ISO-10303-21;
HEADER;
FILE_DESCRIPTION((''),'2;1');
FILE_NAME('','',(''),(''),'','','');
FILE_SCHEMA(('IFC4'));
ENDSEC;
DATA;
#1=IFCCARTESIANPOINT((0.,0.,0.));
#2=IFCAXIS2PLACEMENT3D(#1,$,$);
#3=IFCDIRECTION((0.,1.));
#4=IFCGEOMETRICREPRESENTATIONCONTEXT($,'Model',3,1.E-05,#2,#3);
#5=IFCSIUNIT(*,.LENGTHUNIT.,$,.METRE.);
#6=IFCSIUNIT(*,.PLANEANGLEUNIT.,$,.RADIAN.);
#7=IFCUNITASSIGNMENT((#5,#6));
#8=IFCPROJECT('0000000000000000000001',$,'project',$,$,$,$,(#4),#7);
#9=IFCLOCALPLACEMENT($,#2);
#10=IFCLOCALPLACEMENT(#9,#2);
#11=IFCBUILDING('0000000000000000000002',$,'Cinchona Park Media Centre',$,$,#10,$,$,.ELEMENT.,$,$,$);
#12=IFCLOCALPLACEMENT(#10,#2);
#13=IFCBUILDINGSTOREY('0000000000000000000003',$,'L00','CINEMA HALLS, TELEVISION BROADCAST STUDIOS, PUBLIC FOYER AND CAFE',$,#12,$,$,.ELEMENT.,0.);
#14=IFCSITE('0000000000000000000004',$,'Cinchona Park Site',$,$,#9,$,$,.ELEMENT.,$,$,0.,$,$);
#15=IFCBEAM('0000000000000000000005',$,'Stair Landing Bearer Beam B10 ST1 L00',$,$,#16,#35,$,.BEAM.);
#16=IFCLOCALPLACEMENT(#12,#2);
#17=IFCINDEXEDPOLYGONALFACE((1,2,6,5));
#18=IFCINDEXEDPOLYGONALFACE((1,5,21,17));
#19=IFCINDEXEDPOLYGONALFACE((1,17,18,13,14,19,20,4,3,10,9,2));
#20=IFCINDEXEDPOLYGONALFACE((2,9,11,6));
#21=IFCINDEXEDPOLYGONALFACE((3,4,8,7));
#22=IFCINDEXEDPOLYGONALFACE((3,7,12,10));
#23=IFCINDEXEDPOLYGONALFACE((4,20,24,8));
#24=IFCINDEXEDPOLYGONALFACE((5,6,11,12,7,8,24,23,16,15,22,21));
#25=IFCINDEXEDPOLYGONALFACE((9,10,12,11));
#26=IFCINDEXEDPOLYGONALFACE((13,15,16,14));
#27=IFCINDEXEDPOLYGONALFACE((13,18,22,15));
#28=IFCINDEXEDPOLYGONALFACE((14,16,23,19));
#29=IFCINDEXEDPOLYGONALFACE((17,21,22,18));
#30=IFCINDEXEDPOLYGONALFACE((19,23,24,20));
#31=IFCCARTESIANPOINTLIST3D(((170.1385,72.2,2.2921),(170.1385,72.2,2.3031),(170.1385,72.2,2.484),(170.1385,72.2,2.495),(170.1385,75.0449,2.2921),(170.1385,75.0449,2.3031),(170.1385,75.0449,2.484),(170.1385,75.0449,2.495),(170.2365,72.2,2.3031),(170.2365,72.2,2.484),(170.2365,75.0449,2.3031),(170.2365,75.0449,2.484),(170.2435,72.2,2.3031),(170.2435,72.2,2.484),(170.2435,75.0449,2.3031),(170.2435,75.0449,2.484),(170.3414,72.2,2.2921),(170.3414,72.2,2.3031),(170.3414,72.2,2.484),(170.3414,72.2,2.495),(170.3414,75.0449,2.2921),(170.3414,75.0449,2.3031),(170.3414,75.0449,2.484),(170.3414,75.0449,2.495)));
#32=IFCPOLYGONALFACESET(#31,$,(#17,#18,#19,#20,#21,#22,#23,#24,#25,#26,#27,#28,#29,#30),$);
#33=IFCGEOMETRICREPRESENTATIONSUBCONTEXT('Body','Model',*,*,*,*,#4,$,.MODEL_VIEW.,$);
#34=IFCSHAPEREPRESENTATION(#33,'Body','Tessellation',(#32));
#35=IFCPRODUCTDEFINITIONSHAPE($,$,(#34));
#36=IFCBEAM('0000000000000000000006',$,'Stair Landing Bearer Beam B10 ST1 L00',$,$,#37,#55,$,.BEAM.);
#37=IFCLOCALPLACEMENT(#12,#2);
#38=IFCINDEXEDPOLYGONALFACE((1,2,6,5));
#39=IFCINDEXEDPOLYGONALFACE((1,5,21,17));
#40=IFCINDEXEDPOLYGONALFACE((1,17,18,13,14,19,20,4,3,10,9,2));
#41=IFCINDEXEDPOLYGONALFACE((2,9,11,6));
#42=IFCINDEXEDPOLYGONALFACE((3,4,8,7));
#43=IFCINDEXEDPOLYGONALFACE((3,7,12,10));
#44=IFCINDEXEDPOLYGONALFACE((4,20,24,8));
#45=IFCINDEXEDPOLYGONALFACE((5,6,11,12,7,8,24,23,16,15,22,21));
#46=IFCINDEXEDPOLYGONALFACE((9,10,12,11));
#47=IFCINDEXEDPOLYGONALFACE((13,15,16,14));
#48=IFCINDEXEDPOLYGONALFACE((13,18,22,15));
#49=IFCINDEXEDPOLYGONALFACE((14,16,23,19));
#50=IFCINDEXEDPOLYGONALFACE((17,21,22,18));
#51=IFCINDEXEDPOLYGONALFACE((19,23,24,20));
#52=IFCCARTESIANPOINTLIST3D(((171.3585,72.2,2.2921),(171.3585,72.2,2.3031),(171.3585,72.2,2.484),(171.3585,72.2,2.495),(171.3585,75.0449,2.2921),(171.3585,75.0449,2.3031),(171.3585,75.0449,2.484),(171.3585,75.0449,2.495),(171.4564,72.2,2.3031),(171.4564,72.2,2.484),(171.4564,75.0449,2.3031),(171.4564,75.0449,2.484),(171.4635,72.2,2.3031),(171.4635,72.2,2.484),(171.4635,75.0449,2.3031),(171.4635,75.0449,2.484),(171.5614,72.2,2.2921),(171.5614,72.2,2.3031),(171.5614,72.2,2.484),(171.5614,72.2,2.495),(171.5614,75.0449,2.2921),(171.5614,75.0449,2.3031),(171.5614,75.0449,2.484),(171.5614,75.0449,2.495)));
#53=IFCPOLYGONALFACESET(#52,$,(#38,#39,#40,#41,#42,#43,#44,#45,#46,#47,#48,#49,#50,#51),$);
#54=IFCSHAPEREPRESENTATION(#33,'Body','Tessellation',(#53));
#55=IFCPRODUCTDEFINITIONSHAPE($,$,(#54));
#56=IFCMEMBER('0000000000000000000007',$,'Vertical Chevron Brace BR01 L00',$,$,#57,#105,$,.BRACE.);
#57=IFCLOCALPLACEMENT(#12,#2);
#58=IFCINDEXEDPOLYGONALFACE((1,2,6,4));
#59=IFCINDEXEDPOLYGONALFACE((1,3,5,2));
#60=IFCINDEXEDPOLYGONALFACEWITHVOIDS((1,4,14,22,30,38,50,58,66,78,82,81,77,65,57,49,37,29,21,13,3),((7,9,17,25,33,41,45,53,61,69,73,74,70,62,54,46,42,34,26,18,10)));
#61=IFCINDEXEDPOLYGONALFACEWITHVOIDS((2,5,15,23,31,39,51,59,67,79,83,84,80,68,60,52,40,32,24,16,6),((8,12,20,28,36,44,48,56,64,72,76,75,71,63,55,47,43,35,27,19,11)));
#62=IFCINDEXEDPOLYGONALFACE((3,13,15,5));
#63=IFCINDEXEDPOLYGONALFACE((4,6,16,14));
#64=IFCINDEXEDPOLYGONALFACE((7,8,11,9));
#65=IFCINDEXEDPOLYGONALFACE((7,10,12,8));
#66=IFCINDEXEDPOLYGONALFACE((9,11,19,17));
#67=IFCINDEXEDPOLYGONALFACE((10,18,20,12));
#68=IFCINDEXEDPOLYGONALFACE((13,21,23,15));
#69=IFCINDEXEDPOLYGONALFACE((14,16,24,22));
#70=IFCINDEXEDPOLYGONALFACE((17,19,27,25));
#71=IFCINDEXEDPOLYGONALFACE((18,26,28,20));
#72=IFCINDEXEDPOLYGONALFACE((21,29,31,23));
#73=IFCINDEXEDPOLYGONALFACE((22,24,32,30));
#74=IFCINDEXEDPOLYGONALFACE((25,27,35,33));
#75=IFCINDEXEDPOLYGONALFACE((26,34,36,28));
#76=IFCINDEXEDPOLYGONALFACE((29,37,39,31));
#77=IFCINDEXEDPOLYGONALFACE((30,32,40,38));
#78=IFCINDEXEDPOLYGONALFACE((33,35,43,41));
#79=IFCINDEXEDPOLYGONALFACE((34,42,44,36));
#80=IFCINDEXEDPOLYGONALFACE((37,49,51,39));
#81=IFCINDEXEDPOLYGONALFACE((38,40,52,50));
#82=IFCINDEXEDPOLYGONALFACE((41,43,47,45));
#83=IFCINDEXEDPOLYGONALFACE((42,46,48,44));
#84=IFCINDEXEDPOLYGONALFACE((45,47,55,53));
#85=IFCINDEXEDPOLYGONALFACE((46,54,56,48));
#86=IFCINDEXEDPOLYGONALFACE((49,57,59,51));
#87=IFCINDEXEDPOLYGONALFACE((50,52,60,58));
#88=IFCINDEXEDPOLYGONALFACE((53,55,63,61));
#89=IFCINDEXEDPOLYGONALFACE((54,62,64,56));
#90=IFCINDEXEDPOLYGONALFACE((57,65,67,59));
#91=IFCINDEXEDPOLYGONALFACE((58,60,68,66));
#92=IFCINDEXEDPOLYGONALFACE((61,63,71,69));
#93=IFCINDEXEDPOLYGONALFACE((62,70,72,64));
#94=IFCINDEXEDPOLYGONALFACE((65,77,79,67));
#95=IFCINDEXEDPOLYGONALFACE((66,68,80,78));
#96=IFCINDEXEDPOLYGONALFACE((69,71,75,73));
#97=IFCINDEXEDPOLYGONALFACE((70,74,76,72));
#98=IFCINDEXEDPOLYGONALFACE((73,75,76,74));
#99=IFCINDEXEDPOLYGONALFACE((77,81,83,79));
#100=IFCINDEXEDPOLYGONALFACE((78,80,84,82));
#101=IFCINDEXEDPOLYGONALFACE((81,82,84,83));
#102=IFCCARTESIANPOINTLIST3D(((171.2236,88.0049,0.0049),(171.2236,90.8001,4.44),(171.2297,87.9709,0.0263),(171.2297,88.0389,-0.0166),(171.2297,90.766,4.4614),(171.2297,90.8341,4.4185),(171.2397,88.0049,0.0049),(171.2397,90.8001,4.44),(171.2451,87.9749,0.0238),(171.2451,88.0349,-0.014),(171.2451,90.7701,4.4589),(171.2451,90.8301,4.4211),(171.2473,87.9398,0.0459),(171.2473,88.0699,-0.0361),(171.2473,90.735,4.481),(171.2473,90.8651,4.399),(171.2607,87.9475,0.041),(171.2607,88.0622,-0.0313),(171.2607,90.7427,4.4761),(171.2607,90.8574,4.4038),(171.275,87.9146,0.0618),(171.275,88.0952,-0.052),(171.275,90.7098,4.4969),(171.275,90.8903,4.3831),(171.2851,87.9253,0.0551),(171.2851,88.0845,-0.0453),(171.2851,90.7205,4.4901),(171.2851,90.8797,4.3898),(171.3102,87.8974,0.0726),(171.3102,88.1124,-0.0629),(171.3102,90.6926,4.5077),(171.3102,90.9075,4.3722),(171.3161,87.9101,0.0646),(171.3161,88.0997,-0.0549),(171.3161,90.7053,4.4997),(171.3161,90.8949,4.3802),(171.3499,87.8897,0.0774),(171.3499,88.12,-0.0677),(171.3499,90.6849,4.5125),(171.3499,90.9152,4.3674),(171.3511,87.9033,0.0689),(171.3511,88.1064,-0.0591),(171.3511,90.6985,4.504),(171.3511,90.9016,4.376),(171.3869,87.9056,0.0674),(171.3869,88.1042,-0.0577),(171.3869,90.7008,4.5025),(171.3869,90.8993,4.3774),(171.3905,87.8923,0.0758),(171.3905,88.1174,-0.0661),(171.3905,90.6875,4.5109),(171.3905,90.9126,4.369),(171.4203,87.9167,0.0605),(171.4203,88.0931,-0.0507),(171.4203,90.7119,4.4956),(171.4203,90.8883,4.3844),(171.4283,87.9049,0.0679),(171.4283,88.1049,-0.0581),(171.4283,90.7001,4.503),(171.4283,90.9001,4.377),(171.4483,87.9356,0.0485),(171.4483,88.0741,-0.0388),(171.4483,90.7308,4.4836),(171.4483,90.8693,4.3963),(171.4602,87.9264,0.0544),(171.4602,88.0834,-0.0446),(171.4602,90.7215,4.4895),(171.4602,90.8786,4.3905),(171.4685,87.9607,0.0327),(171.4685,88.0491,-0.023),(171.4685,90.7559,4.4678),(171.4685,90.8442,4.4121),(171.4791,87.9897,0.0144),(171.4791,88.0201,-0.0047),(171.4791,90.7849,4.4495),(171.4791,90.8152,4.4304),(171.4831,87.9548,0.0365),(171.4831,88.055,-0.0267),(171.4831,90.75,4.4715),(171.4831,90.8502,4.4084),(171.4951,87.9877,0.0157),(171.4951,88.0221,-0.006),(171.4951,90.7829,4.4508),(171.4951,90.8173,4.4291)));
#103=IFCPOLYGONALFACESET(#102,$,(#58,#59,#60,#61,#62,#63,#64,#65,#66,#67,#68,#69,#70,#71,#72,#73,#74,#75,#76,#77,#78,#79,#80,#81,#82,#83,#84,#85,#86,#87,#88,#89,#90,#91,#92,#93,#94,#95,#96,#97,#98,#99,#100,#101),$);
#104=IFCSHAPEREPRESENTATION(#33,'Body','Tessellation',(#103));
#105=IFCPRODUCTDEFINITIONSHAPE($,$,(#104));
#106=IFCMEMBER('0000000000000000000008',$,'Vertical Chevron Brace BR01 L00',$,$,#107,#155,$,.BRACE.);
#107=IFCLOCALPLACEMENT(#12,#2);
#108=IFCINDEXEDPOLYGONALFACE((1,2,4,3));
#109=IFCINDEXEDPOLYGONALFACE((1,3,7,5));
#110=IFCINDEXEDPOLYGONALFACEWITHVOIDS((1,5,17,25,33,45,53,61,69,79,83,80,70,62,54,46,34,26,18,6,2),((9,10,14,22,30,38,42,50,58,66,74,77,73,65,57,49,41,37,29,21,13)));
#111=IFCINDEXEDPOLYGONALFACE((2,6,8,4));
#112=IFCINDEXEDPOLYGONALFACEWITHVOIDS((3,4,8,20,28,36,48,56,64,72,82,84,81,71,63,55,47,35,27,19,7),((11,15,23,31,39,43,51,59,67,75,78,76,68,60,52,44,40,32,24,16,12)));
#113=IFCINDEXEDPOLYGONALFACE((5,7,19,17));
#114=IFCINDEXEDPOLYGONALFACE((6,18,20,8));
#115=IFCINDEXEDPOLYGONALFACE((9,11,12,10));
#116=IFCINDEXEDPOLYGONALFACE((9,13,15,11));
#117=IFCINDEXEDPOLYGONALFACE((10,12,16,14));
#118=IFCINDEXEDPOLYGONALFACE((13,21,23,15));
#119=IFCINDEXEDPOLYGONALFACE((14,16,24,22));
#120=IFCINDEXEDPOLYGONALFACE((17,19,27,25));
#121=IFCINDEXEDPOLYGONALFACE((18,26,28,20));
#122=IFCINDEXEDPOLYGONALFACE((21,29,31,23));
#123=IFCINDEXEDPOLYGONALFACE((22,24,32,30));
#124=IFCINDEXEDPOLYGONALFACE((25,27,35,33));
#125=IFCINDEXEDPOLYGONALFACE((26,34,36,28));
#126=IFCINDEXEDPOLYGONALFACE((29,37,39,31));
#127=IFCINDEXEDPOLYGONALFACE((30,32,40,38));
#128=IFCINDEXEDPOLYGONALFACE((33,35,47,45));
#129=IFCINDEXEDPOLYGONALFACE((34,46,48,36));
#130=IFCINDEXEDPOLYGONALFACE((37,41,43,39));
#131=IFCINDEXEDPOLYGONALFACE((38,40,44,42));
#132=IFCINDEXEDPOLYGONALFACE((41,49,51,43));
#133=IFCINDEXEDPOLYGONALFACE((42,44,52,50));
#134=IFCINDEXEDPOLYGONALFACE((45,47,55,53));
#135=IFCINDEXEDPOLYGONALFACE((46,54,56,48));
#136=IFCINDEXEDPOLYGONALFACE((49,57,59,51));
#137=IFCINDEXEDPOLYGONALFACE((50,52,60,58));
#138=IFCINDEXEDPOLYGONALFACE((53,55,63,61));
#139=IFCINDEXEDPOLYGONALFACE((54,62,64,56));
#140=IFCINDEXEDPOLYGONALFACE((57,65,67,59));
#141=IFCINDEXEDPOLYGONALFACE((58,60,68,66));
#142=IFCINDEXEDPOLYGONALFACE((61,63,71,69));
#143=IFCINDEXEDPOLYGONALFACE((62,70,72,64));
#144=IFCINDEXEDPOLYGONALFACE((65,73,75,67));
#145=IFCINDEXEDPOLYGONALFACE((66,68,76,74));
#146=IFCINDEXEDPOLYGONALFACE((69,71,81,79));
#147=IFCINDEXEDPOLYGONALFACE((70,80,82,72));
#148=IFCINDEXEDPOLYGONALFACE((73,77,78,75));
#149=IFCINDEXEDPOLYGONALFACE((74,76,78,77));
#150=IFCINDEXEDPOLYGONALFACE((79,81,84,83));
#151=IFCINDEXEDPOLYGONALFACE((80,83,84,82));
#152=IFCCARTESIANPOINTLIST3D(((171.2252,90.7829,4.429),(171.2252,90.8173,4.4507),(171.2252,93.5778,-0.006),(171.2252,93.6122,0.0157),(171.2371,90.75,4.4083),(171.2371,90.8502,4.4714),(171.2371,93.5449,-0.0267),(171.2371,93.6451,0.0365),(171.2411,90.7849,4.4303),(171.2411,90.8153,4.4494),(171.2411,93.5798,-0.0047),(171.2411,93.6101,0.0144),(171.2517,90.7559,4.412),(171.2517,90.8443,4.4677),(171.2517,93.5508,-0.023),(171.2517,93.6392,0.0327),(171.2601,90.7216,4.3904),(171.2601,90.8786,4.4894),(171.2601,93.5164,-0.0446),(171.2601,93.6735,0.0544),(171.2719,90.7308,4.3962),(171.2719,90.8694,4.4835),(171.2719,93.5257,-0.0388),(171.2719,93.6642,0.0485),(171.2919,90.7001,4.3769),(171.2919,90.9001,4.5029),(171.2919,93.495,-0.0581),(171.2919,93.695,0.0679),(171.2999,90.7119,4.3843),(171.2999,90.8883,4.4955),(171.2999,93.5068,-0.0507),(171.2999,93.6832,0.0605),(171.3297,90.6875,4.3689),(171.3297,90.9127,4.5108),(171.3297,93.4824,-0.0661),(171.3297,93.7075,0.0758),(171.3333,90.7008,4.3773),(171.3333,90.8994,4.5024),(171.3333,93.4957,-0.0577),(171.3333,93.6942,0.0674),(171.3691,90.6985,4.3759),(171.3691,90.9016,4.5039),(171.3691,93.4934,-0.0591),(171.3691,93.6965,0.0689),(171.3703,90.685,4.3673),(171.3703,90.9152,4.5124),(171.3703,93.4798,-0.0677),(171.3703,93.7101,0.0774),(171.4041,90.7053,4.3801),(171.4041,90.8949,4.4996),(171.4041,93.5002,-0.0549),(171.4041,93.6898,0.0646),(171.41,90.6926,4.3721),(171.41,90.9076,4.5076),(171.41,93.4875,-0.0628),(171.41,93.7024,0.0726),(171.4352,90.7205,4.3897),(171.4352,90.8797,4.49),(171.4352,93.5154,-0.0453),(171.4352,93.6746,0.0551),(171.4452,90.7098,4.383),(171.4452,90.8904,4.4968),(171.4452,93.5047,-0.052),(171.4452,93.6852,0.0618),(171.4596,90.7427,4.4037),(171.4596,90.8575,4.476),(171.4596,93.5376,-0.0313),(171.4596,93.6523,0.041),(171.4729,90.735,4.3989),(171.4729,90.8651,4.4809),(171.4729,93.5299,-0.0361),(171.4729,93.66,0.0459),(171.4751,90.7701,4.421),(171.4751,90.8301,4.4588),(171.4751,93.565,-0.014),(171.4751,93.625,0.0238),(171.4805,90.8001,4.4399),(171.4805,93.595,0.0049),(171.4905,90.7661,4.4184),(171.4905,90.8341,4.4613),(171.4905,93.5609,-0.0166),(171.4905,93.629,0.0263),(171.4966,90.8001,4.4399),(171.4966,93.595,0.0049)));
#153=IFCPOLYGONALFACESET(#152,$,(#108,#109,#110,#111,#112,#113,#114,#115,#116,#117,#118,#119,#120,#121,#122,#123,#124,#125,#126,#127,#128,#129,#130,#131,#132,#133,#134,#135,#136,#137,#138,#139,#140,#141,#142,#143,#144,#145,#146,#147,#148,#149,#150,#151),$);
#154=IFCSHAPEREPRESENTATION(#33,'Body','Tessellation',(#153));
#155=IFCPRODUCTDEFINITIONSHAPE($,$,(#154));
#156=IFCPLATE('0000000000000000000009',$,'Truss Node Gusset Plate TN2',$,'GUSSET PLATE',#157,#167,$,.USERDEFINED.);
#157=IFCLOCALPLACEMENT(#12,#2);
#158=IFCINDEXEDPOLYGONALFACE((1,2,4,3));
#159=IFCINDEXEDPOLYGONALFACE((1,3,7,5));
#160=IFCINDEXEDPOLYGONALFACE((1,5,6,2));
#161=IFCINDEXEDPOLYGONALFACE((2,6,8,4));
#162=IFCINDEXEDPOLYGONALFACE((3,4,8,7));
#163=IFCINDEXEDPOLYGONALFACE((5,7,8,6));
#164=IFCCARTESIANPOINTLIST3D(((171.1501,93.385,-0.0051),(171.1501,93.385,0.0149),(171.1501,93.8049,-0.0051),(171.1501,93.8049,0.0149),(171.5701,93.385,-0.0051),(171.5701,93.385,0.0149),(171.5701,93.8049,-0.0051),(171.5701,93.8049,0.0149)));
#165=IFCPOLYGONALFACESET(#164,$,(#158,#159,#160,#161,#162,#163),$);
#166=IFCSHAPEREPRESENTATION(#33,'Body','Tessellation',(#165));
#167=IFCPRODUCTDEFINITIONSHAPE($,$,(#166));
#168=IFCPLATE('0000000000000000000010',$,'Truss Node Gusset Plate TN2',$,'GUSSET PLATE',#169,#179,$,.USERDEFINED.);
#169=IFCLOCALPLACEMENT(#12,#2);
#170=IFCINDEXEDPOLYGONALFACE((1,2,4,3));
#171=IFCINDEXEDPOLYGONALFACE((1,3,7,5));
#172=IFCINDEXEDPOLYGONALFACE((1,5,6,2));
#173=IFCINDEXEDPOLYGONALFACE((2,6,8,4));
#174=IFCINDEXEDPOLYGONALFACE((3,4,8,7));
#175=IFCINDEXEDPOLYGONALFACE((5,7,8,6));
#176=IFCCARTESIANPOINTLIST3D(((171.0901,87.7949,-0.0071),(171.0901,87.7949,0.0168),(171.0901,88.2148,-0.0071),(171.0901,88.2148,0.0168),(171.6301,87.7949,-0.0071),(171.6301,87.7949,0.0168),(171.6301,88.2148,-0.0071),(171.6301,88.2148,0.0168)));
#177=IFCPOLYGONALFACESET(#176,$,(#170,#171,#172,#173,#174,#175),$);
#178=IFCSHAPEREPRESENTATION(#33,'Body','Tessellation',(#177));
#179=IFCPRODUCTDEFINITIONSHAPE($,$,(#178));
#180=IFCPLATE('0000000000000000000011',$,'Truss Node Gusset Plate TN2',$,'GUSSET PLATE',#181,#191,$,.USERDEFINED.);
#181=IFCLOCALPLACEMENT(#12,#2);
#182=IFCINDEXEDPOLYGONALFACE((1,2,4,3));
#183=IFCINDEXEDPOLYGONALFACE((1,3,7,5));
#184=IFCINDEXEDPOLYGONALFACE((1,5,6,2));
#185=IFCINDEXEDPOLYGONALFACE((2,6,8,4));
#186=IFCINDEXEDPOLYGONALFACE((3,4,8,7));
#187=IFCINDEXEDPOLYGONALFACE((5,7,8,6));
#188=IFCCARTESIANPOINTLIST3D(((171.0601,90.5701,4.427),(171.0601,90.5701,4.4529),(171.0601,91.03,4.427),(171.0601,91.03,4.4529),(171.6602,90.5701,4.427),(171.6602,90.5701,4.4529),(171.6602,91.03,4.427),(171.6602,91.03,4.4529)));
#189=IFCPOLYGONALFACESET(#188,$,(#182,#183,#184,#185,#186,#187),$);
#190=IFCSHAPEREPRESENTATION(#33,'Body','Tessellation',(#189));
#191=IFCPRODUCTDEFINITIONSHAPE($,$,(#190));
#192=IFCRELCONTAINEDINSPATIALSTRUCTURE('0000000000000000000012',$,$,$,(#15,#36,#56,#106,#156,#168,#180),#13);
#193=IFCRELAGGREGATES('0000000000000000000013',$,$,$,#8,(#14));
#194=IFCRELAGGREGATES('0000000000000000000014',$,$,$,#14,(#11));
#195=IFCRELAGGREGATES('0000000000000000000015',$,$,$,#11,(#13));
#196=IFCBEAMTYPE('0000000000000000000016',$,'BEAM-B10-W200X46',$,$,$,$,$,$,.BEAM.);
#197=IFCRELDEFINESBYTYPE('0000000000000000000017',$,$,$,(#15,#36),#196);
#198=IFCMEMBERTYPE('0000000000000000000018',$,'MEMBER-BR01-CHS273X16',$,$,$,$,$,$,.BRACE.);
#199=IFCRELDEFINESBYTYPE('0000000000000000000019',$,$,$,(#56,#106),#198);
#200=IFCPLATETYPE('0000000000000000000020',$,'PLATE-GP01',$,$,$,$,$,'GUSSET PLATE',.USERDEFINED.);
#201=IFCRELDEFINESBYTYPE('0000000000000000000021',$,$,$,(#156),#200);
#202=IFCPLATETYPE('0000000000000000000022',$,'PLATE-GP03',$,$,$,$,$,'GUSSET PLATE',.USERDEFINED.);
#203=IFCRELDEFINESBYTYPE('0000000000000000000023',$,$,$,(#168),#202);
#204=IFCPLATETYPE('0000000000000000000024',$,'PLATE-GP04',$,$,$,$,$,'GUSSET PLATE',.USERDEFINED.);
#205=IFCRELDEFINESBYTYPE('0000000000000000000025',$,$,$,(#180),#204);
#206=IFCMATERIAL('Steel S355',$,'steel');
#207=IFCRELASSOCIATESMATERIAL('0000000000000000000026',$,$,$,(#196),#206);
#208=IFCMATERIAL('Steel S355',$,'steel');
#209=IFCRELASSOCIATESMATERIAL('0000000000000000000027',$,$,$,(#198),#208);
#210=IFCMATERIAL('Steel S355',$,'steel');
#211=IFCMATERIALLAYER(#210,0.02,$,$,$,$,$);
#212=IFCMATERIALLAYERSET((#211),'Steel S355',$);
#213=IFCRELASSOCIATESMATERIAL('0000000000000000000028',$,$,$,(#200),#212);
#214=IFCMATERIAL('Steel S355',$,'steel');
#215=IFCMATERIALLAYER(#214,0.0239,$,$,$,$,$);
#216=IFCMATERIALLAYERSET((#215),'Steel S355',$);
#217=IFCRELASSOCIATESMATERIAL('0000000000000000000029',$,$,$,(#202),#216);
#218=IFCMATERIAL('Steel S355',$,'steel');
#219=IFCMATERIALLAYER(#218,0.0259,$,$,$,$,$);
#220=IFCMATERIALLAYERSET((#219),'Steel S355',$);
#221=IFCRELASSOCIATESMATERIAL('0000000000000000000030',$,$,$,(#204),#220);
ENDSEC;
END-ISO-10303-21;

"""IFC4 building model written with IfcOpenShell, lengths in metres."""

from ifc_helpers import new_model, si_unit, direction, frame, origin, origin_2d, place, context, subcontext, project, spatial, rectangle, hollow_circle, i_section, extrude, material, layer, layer_set, material_profile, profile_set, type_object, element, save


model = new_model("IFC4")

# Units and contexts
model_context = context("Model", 3, precision=1e-05, world=origin(), true_north=direction((0.0, 1.0)))
body_context = subcontext(model_context, "Body", "Model", "MODEL_VIEW")
ifc_project = project(units=[si_unit("LENGTHUNIT", "METRE"), si_unit("PLANEANGLEUNIT", "RADIAN")], contexts=[model_context])

# Site, building, storey
site_placement = place(None, origin())
site = spatial("IfcSite", under=ifc_project, at=site_placement, Name="Cinchona Park Site", CompositionType="ELEMENT", RefElevation=0.0)
building_placement = place(site_placement, origin())
building = spatial("IfcBuilding", under=site, at=building_placement, Name="Cinchona Park Media Centre", CompositionType="ELEMENT")
storey_placement = place(building_placement, origin())
storey = spatial("IfcBuildingStorey", under=building, at=storey_placement, Name="L00", Description="CINEMA HALLS, TELEVISION BROADCAST STUDIOS, PUBLIC FOYER AND CAFE", CompositionType="ELEMENT", Elevation=0.0)

# Beams
ifc_material_1 = material(Name="Steel S355", Category="steel")
ifc_material_profile_1 = material_profile(ifc_material_1, i_section(OverallWidth=0.2029, OverallDepth=0.2029, WebThickness=0.0071, FlangeThickness=0.011, at=origin_2d()), Name="W200X46")
ifc_profile_set_1 = profile_set([ifc_material_profile_1], Name="Steel S355")
beam_type_1 = type_object("IfcBeamType", Name="BEAM-B10-W200X46", PredefinedType="BEAM", material=ifc_profile_set_1)
for number, where, z_axis, x_axis, name in (
    (1, (170.24, 75.0449, 2.3936), (0.0, -1.0, 0.0), (1.0, 0.0, 0.0), "Stair Landing Bearer Beam B10 ST1 L00"),
    (2, (171.46, 75.0449, 2.3936), (0.0, -1.0, 0.0), (1.0, 0.0, 0.0), "Stair Landing Bearer Beam B10 ST1 L00"),
):
    element("IfcBeam", number, at=place(storey_placement, frame(where, z_axis=z_axis, x_axis=x_axis)), inside=storey, type_object=beam_type_1, Name=name, PredefinedType="BEAM", context=body_context, shape_type="SweptSolid", body=[
        extrude(i_section(OverallWidth=0.2029, OverallDepth=0.2029, WebThickness=0.0071, FlangeThickness=0.011, at=origin_2d()), origin(), (0.0, 0.0, 1.0), 2.845),
    ])

# Members
ifc_material_2 = material(Name="Steel S355", Category="steel")
ifc_material_profile_2 = material_profile(ifc_material_2, hollow_circle(Radius=0.1365, WallThickness=0.0161, at=origin_2d()), Name="273X16CHS")
ifc_profile_set_2 = profile_set([ifc_material_profile_2], Name="Steel S355")
member_type = type_object("IfcMemberType", Name="MEMBER-BR01-CHS273X16", PredefinedType="BRACE", material=ifc_profile_set_2)
member_1_placement = place(storey_placement, frame((171.3601, 88.0049, 0.0049), z_axis=(0.0, 0.533185, 0.845999), x_axis=(-1.0, 0.0, 0.0)))
element("IfcMember", 3, at=member_1_placement, inside=storey, type_object=member_type, Name="Vertical Chevron Brace BR01 L00", PredefinedType="BRACE", context=body_context, shape_type="SweptSolid", body=[
    extrude(hollow_circle(Radius=0.1365, WallThickness=0.0161, at=origin_2d()), origin(), (0.0, 0.0, 1.0), 5.2424),
])
member_2_placement = place(storey_placement, frame((171.3601, 93.595, 0.0049), z_axis=(0.0, -0.533152, 0.84602), x_axis=(1.0, 0.0, 0.0)))
element("IfcMember", 4, at=member_2_placement, inside=storey, type_object=member_type, Name="Vertical Chevron Brace BR01 L00", PredefinedType="BRACE", context=body_context, shape_type="SweptSolid", body=[
    extrude(hollow_circle(Radius=0.1365, WallThickness=0.0161, at=origin_2d()), origin(), (0.0, 0.0, 1.0), 5.2422),
])

# Plates
ifc_material_3 = material(Name="Steel S355", Category="steel")
ifc_layer_1 = layer(ifc_material_3, 0.02)
ifc_layer_set_1 = layer_set([ifc_layer_1], Name="Steel S355")
plate_type_1 = type_object("IfcPlateType", Name="PLATE-GP01", ElementType="GUSSET PLATE", PredefinedType="USERDEFINED", material=ifc_layer_set_1)
plate_1_placement = place(storey_placement, frame((171.3601, 93.595, -0.0051), z_axis=(0.0, 0.0, 1.0), x_axis=(1.0, 0.0, 0.0)))
element("IfcPlate", 5, at=plate_1_placement, inside=storey, type_object=plate_type_1, Name="Truss Node Gusset Plate TN2", ObjectType="GUSSET PLATE", PredefinedType="USERDEFINED", context=body_context, shape_type="SweptSolid", body=[
    extrude(rectangle(XDim=0.4199, YDim=0.4199, at=origin_2d()), origin(), (0.0, 0.0, 1.0), 0.02),
])
ifc_material_4 = material(Name="Steel S355", Category="steel")
ifc_layer_2 = layer(ifc_material_4, 0.0239)
ifc_layer_set_2 = layer_set([ifc_layer_2], Name="Steel S355")
plate_type_2 = type_object("IfcPlateType", Name="PLATE-GP03", ElementType="GUSSET PLATE", PredefinedType="USERDEFINED", material=ifc_layer_set_2)
plate_2_placement = place(storey_placement, frame((171.3601, 88.0049, -0.0071), z_axis=(0.0, 0.0, 1.0), x_axis=(1.0, 0.0, 0.0)))
element("IfcPlate", 6, at=plate_2_placement, inside=storey, type_object=plate_type_2, Name="Truss Node Gusset Plate TN2", ObjectType="GUSSET PLATE", PredefinedType="USERDEFINED", context=body_context, shape_type="SweptSolid", body=[
    extrude(rectangle(XDim=0.54, YDim=0.4199, at=origin_2d()), origin(), (0.0, 0.0, 1.0), 0.0239),
])
ifc_material_5 = material(Name="Steel S355", Category="steel")
ifc_layer_3 = layer(ifc_material_5, 0.0259)
ifc_layer_set_3 = layer_set([ifc_layer_3], Name="Steel S355")
plate_type_3 = type_object("IfcPlateType", Name="PLATE-GP04", ElementType="GUSSET PLATE", PredefinedType="USERDEFINED", material=ifc_layer_set_3)
plate_3_placement = place(storey_placement, frame((171.3601, 90.8, 4.427), z_axis=(0.0, 0.0, 1.0), x_axis=(1.0, 0.0, 0.0)))
element("IfcPlate", 7, at=plate_3_placement, inside=storey, type_object=plate_type_3, Name="Truss Node Gusset Plate TN2", ObjectType="GUSSET PLATE", PredefinedType="USERDEFINED", context=body_context, shape_type="SweptSolid", body=[
    extrude(rectangle(XDim=0.6001, YDim=0.46, at=origin_2d()), origin(), (0.0, 0.0, 1.0), 0.0259),
])

save(model, "model.ifc")
